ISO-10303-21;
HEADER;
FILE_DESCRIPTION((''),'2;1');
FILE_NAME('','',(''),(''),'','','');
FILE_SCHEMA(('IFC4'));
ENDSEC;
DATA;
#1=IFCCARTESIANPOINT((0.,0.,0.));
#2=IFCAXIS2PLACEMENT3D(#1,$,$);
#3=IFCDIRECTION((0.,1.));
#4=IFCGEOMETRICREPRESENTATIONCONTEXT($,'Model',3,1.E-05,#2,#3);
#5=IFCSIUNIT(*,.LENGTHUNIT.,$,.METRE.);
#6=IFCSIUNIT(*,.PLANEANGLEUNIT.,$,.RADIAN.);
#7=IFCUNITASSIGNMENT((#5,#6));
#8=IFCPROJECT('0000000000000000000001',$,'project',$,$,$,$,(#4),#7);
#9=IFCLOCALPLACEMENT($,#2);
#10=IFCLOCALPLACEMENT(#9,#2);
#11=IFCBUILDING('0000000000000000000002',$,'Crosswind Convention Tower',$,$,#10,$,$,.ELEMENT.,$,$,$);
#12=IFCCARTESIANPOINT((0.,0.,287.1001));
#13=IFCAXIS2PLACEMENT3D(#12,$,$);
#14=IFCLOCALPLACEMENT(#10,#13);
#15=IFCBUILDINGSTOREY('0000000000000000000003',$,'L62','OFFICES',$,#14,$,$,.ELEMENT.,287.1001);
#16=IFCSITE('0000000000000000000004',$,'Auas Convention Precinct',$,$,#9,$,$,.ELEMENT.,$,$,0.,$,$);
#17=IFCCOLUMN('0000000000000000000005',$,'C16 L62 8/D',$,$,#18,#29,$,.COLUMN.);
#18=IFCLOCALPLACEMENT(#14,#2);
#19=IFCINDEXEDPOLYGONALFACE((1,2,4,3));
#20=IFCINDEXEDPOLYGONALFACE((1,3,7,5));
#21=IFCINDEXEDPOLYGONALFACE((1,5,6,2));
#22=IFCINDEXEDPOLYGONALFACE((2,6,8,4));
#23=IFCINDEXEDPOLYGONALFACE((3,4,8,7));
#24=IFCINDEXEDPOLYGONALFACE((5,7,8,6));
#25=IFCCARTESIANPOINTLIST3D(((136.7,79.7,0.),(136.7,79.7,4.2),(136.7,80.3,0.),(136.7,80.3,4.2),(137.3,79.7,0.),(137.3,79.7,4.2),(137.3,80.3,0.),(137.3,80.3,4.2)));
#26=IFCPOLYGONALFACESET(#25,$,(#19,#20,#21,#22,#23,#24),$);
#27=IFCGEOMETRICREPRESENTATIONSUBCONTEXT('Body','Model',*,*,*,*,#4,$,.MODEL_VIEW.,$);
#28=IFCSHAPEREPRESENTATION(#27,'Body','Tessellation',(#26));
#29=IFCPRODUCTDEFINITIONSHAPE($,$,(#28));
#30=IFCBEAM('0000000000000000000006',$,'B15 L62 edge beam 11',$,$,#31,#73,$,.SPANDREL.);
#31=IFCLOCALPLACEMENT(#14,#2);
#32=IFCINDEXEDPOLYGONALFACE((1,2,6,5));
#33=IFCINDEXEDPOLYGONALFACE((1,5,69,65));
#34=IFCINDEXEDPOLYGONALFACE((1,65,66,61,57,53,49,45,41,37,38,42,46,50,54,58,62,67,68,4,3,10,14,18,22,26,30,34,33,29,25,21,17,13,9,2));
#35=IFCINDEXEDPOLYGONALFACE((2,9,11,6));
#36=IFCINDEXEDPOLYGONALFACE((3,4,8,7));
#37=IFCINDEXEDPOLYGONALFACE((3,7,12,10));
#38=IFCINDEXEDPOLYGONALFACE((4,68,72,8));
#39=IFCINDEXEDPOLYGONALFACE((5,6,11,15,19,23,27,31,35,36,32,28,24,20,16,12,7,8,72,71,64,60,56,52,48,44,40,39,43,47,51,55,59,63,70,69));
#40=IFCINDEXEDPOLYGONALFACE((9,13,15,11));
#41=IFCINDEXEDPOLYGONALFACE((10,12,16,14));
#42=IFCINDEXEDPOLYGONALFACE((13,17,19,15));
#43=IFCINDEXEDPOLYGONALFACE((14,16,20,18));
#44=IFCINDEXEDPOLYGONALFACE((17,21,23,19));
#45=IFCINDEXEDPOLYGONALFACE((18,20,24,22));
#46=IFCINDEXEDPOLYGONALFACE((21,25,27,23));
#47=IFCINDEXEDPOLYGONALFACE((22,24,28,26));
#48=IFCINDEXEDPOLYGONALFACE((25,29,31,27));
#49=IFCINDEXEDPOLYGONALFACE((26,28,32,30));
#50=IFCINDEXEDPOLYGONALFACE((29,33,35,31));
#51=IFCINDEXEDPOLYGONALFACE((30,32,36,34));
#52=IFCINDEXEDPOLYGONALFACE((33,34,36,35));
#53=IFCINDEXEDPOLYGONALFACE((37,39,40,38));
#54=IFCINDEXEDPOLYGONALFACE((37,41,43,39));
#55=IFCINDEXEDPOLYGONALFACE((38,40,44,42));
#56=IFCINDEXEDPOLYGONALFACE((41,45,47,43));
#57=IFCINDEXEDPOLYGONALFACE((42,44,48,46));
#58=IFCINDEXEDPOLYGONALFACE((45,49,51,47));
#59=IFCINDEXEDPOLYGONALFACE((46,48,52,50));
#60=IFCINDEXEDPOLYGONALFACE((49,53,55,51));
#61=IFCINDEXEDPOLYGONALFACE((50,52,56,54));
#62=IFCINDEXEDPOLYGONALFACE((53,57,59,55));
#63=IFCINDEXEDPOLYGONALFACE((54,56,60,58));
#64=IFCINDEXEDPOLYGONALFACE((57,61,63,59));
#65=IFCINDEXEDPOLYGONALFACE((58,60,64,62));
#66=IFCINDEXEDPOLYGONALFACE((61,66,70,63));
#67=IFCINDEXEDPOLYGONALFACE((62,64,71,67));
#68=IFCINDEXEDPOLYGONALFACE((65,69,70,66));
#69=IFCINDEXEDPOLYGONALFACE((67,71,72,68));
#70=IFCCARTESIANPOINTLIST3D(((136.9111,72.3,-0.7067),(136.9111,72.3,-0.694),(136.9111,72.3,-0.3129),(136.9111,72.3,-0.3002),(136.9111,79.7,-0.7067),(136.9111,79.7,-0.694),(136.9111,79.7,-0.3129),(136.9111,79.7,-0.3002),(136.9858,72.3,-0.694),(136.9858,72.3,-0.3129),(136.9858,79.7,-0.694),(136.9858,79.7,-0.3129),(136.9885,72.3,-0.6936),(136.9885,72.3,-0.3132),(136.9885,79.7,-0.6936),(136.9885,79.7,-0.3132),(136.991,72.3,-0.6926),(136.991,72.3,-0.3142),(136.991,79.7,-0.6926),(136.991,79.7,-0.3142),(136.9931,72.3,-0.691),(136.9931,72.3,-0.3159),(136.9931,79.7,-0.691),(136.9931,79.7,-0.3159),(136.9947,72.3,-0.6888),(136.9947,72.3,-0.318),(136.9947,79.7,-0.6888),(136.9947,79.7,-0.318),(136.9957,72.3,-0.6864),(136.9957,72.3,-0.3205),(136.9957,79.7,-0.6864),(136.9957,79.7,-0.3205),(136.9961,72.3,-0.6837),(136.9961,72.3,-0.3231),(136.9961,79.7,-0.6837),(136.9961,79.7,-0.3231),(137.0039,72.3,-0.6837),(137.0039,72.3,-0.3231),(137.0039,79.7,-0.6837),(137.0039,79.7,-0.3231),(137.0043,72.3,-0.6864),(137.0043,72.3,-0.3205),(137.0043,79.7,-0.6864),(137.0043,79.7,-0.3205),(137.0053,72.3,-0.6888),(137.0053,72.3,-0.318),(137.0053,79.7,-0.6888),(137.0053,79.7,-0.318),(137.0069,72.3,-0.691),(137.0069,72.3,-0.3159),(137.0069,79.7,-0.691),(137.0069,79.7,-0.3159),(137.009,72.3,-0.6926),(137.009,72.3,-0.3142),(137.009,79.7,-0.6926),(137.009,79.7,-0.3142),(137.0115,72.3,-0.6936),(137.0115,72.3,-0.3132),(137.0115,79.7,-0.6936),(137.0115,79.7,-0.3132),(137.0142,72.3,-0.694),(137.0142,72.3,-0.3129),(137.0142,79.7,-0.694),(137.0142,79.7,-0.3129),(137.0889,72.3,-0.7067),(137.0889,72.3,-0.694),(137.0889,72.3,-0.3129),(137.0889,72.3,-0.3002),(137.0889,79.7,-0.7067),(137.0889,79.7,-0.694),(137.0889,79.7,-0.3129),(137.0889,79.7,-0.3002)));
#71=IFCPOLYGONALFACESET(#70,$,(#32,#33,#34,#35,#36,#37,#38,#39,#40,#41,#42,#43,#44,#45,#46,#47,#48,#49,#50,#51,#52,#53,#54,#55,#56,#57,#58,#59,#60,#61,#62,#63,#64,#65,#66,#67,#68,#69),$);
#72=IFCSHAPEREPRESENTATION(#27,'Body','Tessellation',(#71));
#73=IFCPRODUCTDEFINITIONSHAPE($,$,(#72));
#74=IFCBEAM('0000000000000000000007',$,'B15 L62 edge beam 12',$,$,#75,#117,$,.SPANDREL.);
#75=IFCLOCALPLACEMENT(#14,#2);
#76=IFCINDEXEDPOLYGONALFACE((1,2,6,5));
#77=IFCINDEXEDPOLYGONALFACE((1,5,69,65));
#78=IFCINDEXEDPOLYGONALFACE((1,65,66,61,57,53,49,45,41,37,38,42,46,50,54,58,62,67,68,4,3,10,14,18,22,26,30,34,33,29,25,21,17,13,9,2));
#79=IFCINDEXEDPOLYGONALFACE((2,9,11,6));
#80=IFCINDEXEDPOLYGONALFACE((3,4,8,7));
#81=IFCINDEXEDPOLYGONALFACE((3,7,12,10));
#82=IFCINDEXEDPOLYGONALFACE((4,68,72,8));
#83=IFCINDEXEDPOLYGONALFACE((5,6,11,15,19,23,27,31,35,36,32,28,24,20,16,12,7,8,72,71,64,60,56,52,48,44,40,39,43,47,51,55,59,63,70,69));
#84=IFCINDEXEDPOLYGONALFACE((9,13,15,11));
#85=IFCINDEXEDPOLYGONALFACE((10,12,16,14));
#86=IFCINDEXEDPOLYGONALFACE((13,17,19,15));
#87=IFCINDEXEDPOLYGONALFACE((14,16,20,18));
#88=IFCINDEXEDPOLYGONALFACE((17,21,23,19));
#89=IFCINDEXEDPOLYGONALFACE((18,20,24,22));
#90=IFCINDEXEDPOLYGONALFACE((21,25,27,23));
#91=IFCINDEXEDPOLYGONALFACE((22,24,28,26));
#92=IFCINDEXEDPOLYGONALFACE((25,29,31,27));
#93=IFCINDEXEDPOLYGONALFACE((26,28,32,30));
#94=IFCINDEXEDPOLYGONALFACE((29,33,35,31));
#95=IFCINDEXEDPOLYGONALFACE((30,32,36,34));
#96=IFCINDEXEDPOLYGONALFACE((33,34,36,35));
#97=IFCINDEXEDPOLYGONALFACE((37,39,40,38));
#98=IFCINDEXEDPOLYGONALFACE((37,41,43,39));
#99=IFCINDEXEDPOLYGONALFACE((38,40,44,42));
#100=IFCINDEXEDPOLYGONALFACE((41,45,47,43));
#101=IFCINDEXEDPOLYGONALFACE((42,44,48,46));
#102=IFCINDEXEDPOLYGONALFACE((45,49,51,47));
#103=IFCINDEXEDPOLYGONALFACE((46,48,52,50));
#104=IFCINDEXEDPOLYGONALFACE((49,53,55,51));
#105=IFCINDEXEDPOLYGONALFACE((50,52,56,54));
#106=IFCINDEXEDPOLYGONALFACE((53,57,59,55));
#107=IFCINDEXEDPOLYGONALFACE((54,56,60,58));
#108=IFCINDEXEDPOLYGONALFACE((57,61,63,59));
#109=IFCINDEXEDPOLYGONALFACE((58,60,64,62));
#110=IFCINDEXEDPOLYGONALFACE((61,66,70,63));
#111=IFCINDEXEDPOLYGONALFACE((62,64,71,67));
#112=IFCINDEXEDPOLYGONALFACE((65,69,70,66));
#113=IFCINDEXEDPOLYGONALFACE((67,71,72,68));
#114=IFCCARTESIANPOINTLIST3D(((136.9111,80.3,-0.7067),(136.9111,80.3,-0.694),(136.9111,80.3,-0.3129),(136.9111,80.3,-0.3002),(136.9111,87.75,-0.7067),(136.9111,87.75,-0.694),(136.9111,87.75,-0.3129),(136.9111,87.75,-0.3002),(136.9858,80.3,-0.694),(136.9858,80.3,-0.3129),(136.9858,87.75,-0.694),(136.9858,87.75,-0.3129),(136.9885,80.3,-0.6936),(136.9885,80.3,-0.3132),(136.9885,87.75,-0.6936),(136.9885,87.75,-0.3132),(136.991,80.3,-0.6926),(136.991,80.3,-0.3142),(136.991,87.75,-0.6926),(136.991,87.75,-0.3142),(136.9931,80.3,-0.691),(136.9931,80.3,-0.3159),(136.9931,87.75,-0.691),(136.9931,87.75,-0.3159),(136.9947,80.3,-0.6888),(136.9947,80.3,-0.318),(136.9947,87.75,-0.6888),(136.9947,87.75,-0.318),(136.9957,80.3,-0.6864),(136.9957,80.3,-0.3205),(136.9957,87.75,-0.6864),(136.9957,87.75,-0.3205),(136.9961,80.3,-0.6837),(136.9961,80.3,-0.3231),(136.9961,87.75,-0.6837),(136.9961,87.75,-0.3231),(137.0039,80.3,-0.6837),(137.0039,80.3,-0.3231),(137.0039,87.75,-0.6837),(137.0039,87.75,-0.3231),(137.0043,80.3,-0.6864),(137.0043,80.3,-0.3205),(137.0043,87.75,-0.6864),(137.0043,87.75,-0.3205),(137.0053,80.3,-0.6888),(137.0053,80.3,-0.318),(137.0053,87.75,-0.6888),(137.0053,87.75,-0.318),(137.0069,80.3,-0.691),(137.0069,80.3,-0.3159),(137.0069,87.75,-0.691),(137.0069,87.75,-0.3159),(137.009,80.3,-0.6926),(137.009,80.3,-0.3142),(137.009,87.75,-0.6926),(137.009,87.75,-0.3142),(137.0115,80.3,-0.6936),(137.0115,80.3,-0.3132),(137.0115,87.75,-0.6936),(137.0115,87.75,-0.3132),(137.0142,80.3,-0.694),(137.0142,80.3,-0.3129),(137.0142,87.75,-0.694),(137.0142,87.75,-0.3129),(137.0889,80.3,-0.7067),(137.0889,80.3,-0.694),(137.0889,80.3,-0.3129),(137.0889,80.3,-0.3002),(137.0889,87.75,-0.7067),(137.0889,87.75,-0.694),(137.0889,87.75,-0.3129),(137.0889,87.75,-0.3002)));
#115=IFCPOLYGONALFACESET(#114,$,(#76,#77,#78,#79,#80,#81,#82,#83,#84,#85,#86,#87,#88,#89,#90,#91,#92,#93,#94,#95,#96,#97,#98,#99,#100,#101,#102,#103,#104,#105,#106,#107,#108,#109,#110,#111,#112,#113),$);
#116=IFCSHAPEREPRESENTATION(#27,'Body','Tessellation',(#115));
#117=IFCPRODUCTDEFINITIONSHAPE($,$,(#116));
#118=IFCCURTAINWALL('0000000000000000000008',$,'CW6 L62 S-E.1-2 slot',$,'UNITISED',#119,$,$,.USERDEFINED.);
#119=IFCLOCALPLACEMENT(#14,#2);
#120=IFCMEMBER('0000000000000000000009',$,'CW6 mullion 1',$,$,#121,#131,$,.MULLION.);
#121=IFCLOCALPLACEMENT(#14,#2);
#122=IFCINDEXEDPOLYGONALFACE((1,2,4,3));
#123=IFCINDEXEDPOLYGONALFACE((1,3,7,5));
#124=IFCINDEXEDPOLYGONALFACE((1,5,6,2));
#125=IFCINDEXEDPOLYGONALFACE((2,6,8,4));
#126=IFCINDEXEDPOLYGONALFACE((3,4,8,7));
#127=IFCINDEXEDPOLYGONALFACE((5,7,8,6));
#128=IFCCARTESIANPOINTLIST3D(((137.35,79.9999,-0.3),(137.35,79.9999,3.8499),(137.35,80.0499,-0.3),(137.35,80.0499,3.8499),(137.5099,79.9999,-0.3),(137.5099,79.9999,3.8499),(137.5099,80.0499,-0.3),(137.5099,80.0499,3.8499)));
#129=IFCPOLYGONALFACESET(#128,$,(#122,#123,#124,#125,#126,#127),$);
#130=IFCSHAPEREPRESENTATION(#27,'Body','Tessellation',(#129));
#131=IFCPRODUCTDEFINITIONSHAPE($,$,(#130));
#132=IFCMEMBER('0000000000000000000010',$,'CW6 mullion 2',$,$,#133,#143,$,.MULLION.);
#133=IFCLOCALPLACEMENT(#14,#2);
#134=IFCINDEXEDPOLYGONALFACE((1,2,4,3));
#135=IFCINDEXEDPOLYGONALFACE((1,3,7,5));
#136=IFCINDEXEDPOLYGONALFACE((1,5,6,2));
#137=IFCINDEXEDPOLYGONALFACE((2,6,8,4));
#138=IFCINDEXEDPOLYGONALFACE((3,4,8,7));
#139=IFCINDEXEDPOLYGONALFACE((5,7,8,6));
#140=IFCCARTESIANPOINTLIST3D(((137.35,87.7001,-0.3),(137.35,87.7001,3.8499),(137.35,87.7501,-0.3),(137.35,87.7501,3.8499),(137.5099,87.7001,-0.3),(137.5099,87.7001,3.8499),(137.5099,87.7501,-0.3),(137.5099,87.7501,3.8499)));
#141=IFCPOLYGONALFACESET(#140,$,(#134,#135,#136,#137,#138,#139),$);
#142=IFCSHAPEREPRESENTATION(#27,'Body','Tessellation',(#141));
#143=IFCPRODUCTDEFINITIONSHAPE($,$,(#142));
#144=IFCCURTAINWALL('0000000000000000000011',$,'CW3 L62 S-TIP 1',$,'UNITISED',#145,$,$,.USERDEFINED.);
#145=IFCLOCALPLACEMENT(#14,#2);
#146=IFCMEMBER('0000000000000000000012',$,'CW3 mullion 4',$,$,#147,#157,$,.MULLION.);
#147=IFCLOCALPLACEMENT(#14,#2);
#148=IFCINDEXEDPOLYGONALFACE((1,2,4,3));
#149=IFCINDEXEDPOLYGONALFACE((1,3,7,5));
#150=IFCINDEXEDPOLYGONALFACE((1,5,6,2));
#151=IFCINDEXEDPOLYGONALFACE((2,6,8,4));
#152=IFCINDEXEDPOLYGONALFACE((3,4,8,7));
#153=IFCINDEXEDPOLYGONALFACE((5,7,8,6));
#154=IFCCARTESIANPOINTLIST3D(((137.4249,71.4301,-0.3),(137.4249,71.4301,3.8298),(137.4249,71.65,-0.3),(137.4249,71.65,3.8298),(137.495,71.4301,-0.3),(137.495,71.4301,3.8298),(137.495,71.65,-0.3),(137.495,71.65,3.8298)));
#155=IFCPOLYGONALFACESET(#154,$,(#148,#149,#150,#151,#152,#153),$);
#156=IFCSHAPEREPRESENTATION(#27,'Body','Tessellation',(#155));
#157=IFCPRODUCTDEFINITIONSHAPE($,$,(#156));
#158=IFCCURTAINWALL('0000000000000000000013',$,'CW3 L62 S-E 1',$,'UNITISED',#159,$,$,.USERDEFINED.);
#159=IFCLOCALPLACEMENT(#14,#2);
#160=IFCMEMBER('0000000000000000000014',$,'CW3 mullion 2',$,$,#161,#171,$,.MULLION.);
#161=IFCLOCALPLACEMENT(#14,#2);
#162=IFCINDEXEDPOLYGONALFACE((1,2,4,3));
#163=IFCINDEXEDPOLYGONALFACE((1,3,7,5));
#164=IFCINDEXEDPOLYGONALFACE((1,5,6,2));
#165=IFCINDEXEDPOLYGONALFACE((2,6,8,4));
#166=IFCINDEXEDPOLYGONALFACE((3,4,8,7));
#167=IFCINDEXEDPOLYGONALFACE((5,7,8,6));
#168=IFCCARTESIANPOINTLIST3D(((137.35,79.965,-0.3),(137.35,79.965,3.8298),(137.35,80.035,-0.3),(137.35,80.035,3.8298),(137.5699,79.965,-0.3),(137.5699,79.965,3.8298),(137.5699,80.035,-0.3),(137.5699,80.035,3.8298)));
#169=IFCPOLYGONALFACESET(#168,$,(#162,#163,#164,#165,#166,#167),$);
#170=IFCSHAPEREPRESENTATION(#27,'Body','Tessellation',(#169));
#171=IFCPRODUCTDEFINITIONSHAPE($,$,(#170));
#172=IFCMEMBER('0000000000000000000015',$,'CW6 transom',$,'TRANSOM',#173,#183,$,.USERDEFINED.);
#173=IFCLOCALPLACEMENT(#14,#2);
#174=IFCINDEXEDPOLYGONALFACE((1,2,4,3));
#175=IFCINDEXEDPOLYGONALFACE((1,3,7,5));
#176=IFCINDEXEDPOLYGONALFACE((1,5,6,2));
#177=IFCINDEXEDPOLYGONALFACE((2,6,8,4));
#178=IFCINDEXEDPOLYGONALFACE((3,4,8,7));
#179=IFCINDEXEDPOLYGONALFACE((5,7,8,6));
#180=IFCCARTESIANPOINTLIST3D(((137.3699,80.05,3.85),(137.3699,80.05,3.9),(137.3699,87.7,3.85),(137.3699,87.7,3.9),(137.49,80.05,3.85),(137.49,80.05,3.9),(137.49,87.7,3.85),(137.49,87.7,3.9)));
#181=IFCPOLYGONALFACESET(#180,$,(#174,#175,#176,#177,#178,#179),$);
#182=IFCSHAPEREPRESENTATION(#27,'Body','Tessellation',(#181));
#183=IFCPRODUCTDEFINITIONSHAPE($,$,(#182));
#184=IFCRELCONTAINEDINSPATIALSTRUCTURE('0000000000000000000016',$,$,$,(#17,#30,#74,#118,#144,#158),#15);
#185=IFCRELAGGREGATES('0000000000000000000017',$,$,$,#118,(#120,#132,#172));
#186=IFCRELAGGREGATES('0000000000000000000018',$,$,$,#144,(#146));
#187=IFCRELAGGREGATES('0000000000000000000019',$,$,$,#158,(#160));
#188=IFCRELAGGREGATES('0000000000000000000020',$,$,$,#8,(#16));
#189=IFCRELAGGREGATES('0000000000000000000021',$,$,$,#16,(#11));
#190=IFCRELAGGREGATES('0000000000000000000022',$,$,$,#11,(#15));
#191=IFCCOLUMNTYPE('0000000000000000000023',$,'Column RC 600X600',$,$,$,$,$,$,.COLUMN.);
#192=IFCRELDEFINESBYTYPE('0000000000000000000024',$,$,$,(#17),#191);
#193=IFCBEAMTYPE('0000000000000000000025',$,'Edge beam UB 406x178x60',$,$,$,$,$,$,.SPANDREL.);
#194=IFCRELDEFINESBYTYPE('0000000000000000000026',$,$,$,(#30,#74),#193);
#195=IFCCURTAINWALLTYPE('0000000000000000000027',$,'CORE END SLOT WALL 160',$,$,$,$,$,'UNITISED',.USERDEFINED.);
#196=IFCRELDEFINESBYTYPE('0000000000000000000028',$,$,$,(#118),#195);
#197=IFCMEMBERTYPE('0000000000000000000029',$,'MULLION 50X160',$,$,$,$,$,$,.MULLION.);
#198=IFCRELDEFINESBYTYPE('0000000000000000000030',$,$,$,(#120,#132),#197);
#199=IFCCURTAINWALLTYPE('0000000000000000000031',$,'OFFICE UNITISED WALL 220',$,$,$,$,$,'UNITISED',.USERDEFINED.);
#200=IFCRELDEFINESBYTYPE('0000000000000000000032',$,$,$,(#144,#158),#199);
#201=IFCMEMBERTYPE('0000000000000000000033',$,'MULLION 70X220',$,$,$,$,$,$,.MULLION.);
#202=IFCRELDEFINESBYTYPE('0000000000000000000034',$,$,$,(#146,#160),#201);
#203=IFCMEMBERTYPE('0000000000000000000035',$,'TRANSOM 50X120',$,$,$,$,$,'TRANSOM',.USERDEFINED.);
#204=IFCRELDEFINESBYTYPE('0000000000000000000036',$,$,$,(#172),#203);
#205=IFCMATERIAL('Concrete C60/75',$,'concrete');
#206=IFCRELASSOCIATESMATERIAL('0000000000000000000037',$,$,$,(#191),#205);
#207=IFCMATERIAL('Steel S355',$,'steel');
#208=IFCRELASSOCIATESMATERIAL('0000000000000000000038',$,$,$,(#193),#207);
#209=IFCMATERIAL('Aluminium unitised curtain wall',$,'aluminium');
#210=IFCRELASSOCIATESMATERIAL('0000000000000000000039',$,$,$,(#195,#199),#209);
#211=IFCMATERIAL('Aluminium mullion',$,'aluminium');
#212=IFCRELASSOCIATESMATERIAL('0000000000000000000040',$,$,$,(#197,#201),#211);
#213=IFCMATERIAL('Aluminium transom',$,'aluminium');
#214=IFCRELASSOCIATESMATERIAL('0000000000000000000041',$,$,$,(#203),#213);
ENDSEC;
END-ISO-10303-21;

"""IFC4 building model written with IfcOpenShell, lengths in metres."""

from ifc_helpers import new_model, si_unit, direction, frame, origin, origin_2d, place, context, subcontext, project, spatial, rectangle, i_section, extrude, material, material_profile, profile_set, type_object, element, aggregate, save


model = new_model("IFC4")

# Units and contexts
model_context = context("Model", 3, precision=1e-05, world=origin(), true_north=direction((0.0, 1.0)))
body_context = subcontext(model_context, "Body", "Model", "MODEL_VIEW")
ifc_project = project(units=[si_unit("LENGTHUNIT", "METRE"), si_unit("PLANEANGLEUNIT", "RADIAN")], contexts=[model_context])

# Site, building, storey
site_placement = place(None, origin())
site = spatial("IfcSite", under=ifc_project, at=site_placement, Name="Auas Convention Precinct", CompositionType="ELEMENT", RefElevation=0.0)
building_placement = place(site_placement, origin())
building = spatial("IfcBuilding", under=site, at=building_placement, Name="Crosswind Convention Tower", CompositionType="ELEMENT")
storey_placement = place(building_placement, frame((0.0, 0.0, 287.1001)))
storey = spatial("IfcBuildingStorey", under=building, at=storey_placement, Name="L62", Description="OFFICES", CompositionType="ELEMENT", Elevation=287.1001)

# Column
ifc_material_1 = material(Name="Concrete C60/75", Category="concrete")
ifc_material_profile_1 = material_profile(ifc_material_1, rectangle(XDim=0.6001, YDim=0.6001, at=origin_2d()), Name="RC 600X600")
ifc_profile_set_1 = profile_set([ifc_material_profile_1], Name="Concrete C60/75")
column_type = type_object("IfcColumnType", Name="Column RC 600X600", PredefinedType="COLUMN", material=ifc_profile_set_1)
column_placement = place(storey_placement, frame((137.0, 80.0, 0.0), z_axis=(0.0, 0.0, 1.0), x_axis=(1.0, 0.0, 0.0)))
element("IfcColumn", 1, at=column_placement, inside=storey, type_object=column_type, Name="C16 L62 8/D", PredefinedType="COLUMN", context=body_context, shape_type="SweptSolid", body=[
    extrude(rectangle(XDim=0.6001, YDim=0.6001, at=origin_2d()), origin(), (0.0, 0.0, 1.0), 4.2),
])

# Beams
ifc_material_2 = material(Name="Steel S355", Category="steel")
ifc_material_profile_2 = material_profile(ifc_material_2, i_section(OverallWidth=0.1777, OverallDepth=0.4065, WebThickness=0.0078, FlangeThickness=0.0127, FilletRadius=0.0103, at=origin_2d()), Name="UB 406x178x60")
ifc_profile_set_2 = profile_set([ifc_material_profile_2], Name="Steel S355")
beam_type = type_object("IfcBeamType", Name="Edge beam UB 406x178x60", PredefinedType="SPANDREL", material=ifc_profile_set_2)
beam_1_placement = place(storey_placement, frame((137.0, 72.3, -0.5034), z_axis=(0.0, 1.0, 0.0), x_axis=(-1.0, 0.0, 0.0)))
element("IfcBeam", 2, at=beam_1_placement, inside=storey, type_object=beam_type, Name="B15 L62 edge beam 11", PredefinedType="SPANDREL", context=body_context, shape_type="SweptSolid", body=[
    extrude(i_section(OverallWidth=0.1777, OverallDepth=0.4065, WebThickness=0.0078, FlangeThickness=0.0127, FilletRadius=0.0103, at=origin_2d()), origin(), (0.0, 0.0, 1.0), 7.3999),
])
beam_2_placement = place(storey_placement, frame((137.0, 80.3, -0.5034), z_axis=(0.0, 1.0, 0.0), x_axis=(-1.0, 0.0, 0.0)))
element("IfcBeam", 3, at=beam_2_placement, inside=storey, type_object=beam_type, Name="B15 L62 edge beam 12", PredefinedType="SPANDREL", context=body_context, shape_type="SweptSolid", body=[
    extrude(i_section(OverallWidth=0.1777, OverallDepth=0.4065, WebThickness=0.0078, FlangeThickness=0.0127, FilletRadius=0.0103, at=origin_2d()), origin(), (0.0, 0.0, 1.0), 7.45),
])

# Curtain wall, members
ifc_material_3 = material(Name="Aluminium unitised curtain wall", Category="aluminium")
curtain_wall_type_1 = type_object("IfcCurtainWallType", Name="CORE END SLOT WALL 160", ElementType="UNITISED", PredefinedType="USERDEFINED", material=ifc_material_3)
curtain_wall_1_placement = place(storey_placement, origin())
curtain_wall_1 = element("IfcCurtainWall", 4, at=curtain_wall_1_placement, inside=storey, type_object=curtain_wall_type_1, Name="CW6 L62 S-E.1-2 slot", ObjectType="UNITISED", PredefinedType="USERDEFINED")
ifc_material_4 = material(Name="Aluminium mullion", Category="aluminium")
ifc_material_profile_3 = material_profile(ifc_material_4, rectangle(XDim=0.1599, YDim=0.05, at=origin_2d()), Name="AL 160X50")
ifc_profile_set_3 = profile_set([ifc_material_profile_3], Name="Aluminium mullion")
member_type_1 = type_object("IfcMemberType", Name="MULLION 50X160", PredefinedType="MULLION", material=ifc_profile_set_3)
member_1_placement = place(storey_placement, frame((137.4299, 80.0249, -0.3), z_axis=(0.0, 0.0, 1.0), x_axis=(1.0, 0.0, 0.0)))
member_1 = element("IfcMember", 5, at=member_1_placement, type_object=member_type_1, Name="CW6 mullion 1", PredefinedType="MULLION", context=body_context, shape_type="SweptSolid", body=[
    extrude(rectangle(XDim=0.1599, YDim=0.05, at=origin_2d()), origin(), (0.0, 0.0, 1.0), 4.1499),
])
member_2_placement = place(storey_placement, frame((137.4299, 87.7251, -0.3), z_axis=(0.0, 0.0, 1.0), x_axis=(1.0, 0.0, 0.0)))
member_2 = element("IfcMember", 6, at=member_2_placement, type_object=member_type_1, Name="CW6 mullion 2", PredefinedType="MULLION", context=body_context, shape_type="SweptSolid", body=[
    extrude(rectangle(XDim=0.1599, YDim=0.05, at=origin_2d()), origin(), (0.0, 0.0, 1.0), 4.1499),
])

# Curtain walls, members
curtain_wall_type_2 = type_object("IfcCurtainWallType", Name="OFFICE UNITISED WALL 220", ElementType="UNITISED", PredefinedType="USERDEFINED", material=ifc_material_3)
curtain_wall_2_placement = place(storey_placement, origin())
curtain_wall_2 = element("IfcCurtainWall", 7, at=curtain_wall_2_placement, inside=storey, type_object=curtain_wall_type_2, Name="CW3 L62 S-TIP 1", ObjectType="UNITISED", PredefinedType="USERDEFINED")
ifc_material_profile_4 = material_profile(ifc_material_4, rectangle(XDim=0.22, YDim=0.0701, at=origin_2d()), Name="AL 220X70")
ifc_profile_set_4 = profile_set([ifc_material_profile_4], Name="Aluminium mullion")
member_type_2 = type_object("IfcMemberType", Name="MULLION 70X220", PredefinedType="MULLION", material=ifc_profile_set_4)
member_3_placement = place(storey_placement, frame((137.46, 71.54, -0.3), z_axis=(0.0, 0.0, 1.0), x_axis=(0.0, -1.0, 0.0)))
member_3 = element("IfcMember", 8, at=member_3_placement, type_object=member_type_2, Name="CW3 mullion 4", PredefinedType="MULLION", context=body_context, shape_type="SweptSolid", body=[
    extrude(rectangle(XDim=0.22, YDim=0.0701, at=origin_2d()), origin(), (0.0, 0.0, 1.0), 4.1299),
])
curtain_wall_3_placement = place(storey_placement, origin())
curtain_wall_3 = element("IfcCurtainWall", 9, at=curtain_wall_3_placement, inside=storey, type_object=curtain_wall_type_2, Name="CW3 L62 S-E 1", ObjectType="UNITISED", PredefinedType="USERDEFINED")
member_4_placement = place(storey_placement, frame((137.46, 80.0, -0.3), z_axis=(0.0, 0.0, 1.0), x_axis=(1.0, 0.0, 0.0)))
member_4 = element("IfcMember", 10, at=member_4_placement, type_object=member_type_2, Name="CW3 mullion 2", PredefinedType="MULLION", context=body_context, shape_type="SweptSolid", body=[
    extrude(rectangle(XDim=0.22, YDim=0.0701, at=origin_2d()), origin(), (0.0, 0.0, 1.0), 4.1299),
])

# Member
ifc_material_5 = material(Name="Aluminium transom", Category="aluminium")
ifc_material_profile_5 = material_profile(ifc_material_5, rectangle(XDim=0.1201, YDim=0.05, at=origin_2d()), Name="AL 120X50")
ifc_profile_set_5 = profile_set([ifc_material_profile_5], Name="Aluminium transom")
member_type_3 = type_object("IfcMemberType", Name="TRANSOM 50X120", ElementType="TRANSOM", PredefinedType="USERDEFINED", material=ifc_profile_set_5)
member_5_placement = place(storey_placement, frame((137.4299, 80.05, 3.875), z_axis=(0.0, 1.0, 0.0), x_axis=(-1.0, 0.0, 0.0)))
member_5 = element("IfcMember", 11, at=member_5_placement, type_object=member_type_3, Name="CW6 transom", ObjectType="TRANSOM", PredefinedType="USERDEFINED", context=body_context, shape_type="SweptSolid", body=[
    extrude(rectangle(XDim=0.1201, YDim=0.05, at=origin_2d()), origin(), (0.0, 0.0, 1.0), 7.6499),
])

aggregate(curtain_wall_1, [member_1, member_2, member_5])
aggregate(curtain_wall_2, [member_3])

aggregate(curtain_wall_3, [member_4])

save(model, "model.ifc")
